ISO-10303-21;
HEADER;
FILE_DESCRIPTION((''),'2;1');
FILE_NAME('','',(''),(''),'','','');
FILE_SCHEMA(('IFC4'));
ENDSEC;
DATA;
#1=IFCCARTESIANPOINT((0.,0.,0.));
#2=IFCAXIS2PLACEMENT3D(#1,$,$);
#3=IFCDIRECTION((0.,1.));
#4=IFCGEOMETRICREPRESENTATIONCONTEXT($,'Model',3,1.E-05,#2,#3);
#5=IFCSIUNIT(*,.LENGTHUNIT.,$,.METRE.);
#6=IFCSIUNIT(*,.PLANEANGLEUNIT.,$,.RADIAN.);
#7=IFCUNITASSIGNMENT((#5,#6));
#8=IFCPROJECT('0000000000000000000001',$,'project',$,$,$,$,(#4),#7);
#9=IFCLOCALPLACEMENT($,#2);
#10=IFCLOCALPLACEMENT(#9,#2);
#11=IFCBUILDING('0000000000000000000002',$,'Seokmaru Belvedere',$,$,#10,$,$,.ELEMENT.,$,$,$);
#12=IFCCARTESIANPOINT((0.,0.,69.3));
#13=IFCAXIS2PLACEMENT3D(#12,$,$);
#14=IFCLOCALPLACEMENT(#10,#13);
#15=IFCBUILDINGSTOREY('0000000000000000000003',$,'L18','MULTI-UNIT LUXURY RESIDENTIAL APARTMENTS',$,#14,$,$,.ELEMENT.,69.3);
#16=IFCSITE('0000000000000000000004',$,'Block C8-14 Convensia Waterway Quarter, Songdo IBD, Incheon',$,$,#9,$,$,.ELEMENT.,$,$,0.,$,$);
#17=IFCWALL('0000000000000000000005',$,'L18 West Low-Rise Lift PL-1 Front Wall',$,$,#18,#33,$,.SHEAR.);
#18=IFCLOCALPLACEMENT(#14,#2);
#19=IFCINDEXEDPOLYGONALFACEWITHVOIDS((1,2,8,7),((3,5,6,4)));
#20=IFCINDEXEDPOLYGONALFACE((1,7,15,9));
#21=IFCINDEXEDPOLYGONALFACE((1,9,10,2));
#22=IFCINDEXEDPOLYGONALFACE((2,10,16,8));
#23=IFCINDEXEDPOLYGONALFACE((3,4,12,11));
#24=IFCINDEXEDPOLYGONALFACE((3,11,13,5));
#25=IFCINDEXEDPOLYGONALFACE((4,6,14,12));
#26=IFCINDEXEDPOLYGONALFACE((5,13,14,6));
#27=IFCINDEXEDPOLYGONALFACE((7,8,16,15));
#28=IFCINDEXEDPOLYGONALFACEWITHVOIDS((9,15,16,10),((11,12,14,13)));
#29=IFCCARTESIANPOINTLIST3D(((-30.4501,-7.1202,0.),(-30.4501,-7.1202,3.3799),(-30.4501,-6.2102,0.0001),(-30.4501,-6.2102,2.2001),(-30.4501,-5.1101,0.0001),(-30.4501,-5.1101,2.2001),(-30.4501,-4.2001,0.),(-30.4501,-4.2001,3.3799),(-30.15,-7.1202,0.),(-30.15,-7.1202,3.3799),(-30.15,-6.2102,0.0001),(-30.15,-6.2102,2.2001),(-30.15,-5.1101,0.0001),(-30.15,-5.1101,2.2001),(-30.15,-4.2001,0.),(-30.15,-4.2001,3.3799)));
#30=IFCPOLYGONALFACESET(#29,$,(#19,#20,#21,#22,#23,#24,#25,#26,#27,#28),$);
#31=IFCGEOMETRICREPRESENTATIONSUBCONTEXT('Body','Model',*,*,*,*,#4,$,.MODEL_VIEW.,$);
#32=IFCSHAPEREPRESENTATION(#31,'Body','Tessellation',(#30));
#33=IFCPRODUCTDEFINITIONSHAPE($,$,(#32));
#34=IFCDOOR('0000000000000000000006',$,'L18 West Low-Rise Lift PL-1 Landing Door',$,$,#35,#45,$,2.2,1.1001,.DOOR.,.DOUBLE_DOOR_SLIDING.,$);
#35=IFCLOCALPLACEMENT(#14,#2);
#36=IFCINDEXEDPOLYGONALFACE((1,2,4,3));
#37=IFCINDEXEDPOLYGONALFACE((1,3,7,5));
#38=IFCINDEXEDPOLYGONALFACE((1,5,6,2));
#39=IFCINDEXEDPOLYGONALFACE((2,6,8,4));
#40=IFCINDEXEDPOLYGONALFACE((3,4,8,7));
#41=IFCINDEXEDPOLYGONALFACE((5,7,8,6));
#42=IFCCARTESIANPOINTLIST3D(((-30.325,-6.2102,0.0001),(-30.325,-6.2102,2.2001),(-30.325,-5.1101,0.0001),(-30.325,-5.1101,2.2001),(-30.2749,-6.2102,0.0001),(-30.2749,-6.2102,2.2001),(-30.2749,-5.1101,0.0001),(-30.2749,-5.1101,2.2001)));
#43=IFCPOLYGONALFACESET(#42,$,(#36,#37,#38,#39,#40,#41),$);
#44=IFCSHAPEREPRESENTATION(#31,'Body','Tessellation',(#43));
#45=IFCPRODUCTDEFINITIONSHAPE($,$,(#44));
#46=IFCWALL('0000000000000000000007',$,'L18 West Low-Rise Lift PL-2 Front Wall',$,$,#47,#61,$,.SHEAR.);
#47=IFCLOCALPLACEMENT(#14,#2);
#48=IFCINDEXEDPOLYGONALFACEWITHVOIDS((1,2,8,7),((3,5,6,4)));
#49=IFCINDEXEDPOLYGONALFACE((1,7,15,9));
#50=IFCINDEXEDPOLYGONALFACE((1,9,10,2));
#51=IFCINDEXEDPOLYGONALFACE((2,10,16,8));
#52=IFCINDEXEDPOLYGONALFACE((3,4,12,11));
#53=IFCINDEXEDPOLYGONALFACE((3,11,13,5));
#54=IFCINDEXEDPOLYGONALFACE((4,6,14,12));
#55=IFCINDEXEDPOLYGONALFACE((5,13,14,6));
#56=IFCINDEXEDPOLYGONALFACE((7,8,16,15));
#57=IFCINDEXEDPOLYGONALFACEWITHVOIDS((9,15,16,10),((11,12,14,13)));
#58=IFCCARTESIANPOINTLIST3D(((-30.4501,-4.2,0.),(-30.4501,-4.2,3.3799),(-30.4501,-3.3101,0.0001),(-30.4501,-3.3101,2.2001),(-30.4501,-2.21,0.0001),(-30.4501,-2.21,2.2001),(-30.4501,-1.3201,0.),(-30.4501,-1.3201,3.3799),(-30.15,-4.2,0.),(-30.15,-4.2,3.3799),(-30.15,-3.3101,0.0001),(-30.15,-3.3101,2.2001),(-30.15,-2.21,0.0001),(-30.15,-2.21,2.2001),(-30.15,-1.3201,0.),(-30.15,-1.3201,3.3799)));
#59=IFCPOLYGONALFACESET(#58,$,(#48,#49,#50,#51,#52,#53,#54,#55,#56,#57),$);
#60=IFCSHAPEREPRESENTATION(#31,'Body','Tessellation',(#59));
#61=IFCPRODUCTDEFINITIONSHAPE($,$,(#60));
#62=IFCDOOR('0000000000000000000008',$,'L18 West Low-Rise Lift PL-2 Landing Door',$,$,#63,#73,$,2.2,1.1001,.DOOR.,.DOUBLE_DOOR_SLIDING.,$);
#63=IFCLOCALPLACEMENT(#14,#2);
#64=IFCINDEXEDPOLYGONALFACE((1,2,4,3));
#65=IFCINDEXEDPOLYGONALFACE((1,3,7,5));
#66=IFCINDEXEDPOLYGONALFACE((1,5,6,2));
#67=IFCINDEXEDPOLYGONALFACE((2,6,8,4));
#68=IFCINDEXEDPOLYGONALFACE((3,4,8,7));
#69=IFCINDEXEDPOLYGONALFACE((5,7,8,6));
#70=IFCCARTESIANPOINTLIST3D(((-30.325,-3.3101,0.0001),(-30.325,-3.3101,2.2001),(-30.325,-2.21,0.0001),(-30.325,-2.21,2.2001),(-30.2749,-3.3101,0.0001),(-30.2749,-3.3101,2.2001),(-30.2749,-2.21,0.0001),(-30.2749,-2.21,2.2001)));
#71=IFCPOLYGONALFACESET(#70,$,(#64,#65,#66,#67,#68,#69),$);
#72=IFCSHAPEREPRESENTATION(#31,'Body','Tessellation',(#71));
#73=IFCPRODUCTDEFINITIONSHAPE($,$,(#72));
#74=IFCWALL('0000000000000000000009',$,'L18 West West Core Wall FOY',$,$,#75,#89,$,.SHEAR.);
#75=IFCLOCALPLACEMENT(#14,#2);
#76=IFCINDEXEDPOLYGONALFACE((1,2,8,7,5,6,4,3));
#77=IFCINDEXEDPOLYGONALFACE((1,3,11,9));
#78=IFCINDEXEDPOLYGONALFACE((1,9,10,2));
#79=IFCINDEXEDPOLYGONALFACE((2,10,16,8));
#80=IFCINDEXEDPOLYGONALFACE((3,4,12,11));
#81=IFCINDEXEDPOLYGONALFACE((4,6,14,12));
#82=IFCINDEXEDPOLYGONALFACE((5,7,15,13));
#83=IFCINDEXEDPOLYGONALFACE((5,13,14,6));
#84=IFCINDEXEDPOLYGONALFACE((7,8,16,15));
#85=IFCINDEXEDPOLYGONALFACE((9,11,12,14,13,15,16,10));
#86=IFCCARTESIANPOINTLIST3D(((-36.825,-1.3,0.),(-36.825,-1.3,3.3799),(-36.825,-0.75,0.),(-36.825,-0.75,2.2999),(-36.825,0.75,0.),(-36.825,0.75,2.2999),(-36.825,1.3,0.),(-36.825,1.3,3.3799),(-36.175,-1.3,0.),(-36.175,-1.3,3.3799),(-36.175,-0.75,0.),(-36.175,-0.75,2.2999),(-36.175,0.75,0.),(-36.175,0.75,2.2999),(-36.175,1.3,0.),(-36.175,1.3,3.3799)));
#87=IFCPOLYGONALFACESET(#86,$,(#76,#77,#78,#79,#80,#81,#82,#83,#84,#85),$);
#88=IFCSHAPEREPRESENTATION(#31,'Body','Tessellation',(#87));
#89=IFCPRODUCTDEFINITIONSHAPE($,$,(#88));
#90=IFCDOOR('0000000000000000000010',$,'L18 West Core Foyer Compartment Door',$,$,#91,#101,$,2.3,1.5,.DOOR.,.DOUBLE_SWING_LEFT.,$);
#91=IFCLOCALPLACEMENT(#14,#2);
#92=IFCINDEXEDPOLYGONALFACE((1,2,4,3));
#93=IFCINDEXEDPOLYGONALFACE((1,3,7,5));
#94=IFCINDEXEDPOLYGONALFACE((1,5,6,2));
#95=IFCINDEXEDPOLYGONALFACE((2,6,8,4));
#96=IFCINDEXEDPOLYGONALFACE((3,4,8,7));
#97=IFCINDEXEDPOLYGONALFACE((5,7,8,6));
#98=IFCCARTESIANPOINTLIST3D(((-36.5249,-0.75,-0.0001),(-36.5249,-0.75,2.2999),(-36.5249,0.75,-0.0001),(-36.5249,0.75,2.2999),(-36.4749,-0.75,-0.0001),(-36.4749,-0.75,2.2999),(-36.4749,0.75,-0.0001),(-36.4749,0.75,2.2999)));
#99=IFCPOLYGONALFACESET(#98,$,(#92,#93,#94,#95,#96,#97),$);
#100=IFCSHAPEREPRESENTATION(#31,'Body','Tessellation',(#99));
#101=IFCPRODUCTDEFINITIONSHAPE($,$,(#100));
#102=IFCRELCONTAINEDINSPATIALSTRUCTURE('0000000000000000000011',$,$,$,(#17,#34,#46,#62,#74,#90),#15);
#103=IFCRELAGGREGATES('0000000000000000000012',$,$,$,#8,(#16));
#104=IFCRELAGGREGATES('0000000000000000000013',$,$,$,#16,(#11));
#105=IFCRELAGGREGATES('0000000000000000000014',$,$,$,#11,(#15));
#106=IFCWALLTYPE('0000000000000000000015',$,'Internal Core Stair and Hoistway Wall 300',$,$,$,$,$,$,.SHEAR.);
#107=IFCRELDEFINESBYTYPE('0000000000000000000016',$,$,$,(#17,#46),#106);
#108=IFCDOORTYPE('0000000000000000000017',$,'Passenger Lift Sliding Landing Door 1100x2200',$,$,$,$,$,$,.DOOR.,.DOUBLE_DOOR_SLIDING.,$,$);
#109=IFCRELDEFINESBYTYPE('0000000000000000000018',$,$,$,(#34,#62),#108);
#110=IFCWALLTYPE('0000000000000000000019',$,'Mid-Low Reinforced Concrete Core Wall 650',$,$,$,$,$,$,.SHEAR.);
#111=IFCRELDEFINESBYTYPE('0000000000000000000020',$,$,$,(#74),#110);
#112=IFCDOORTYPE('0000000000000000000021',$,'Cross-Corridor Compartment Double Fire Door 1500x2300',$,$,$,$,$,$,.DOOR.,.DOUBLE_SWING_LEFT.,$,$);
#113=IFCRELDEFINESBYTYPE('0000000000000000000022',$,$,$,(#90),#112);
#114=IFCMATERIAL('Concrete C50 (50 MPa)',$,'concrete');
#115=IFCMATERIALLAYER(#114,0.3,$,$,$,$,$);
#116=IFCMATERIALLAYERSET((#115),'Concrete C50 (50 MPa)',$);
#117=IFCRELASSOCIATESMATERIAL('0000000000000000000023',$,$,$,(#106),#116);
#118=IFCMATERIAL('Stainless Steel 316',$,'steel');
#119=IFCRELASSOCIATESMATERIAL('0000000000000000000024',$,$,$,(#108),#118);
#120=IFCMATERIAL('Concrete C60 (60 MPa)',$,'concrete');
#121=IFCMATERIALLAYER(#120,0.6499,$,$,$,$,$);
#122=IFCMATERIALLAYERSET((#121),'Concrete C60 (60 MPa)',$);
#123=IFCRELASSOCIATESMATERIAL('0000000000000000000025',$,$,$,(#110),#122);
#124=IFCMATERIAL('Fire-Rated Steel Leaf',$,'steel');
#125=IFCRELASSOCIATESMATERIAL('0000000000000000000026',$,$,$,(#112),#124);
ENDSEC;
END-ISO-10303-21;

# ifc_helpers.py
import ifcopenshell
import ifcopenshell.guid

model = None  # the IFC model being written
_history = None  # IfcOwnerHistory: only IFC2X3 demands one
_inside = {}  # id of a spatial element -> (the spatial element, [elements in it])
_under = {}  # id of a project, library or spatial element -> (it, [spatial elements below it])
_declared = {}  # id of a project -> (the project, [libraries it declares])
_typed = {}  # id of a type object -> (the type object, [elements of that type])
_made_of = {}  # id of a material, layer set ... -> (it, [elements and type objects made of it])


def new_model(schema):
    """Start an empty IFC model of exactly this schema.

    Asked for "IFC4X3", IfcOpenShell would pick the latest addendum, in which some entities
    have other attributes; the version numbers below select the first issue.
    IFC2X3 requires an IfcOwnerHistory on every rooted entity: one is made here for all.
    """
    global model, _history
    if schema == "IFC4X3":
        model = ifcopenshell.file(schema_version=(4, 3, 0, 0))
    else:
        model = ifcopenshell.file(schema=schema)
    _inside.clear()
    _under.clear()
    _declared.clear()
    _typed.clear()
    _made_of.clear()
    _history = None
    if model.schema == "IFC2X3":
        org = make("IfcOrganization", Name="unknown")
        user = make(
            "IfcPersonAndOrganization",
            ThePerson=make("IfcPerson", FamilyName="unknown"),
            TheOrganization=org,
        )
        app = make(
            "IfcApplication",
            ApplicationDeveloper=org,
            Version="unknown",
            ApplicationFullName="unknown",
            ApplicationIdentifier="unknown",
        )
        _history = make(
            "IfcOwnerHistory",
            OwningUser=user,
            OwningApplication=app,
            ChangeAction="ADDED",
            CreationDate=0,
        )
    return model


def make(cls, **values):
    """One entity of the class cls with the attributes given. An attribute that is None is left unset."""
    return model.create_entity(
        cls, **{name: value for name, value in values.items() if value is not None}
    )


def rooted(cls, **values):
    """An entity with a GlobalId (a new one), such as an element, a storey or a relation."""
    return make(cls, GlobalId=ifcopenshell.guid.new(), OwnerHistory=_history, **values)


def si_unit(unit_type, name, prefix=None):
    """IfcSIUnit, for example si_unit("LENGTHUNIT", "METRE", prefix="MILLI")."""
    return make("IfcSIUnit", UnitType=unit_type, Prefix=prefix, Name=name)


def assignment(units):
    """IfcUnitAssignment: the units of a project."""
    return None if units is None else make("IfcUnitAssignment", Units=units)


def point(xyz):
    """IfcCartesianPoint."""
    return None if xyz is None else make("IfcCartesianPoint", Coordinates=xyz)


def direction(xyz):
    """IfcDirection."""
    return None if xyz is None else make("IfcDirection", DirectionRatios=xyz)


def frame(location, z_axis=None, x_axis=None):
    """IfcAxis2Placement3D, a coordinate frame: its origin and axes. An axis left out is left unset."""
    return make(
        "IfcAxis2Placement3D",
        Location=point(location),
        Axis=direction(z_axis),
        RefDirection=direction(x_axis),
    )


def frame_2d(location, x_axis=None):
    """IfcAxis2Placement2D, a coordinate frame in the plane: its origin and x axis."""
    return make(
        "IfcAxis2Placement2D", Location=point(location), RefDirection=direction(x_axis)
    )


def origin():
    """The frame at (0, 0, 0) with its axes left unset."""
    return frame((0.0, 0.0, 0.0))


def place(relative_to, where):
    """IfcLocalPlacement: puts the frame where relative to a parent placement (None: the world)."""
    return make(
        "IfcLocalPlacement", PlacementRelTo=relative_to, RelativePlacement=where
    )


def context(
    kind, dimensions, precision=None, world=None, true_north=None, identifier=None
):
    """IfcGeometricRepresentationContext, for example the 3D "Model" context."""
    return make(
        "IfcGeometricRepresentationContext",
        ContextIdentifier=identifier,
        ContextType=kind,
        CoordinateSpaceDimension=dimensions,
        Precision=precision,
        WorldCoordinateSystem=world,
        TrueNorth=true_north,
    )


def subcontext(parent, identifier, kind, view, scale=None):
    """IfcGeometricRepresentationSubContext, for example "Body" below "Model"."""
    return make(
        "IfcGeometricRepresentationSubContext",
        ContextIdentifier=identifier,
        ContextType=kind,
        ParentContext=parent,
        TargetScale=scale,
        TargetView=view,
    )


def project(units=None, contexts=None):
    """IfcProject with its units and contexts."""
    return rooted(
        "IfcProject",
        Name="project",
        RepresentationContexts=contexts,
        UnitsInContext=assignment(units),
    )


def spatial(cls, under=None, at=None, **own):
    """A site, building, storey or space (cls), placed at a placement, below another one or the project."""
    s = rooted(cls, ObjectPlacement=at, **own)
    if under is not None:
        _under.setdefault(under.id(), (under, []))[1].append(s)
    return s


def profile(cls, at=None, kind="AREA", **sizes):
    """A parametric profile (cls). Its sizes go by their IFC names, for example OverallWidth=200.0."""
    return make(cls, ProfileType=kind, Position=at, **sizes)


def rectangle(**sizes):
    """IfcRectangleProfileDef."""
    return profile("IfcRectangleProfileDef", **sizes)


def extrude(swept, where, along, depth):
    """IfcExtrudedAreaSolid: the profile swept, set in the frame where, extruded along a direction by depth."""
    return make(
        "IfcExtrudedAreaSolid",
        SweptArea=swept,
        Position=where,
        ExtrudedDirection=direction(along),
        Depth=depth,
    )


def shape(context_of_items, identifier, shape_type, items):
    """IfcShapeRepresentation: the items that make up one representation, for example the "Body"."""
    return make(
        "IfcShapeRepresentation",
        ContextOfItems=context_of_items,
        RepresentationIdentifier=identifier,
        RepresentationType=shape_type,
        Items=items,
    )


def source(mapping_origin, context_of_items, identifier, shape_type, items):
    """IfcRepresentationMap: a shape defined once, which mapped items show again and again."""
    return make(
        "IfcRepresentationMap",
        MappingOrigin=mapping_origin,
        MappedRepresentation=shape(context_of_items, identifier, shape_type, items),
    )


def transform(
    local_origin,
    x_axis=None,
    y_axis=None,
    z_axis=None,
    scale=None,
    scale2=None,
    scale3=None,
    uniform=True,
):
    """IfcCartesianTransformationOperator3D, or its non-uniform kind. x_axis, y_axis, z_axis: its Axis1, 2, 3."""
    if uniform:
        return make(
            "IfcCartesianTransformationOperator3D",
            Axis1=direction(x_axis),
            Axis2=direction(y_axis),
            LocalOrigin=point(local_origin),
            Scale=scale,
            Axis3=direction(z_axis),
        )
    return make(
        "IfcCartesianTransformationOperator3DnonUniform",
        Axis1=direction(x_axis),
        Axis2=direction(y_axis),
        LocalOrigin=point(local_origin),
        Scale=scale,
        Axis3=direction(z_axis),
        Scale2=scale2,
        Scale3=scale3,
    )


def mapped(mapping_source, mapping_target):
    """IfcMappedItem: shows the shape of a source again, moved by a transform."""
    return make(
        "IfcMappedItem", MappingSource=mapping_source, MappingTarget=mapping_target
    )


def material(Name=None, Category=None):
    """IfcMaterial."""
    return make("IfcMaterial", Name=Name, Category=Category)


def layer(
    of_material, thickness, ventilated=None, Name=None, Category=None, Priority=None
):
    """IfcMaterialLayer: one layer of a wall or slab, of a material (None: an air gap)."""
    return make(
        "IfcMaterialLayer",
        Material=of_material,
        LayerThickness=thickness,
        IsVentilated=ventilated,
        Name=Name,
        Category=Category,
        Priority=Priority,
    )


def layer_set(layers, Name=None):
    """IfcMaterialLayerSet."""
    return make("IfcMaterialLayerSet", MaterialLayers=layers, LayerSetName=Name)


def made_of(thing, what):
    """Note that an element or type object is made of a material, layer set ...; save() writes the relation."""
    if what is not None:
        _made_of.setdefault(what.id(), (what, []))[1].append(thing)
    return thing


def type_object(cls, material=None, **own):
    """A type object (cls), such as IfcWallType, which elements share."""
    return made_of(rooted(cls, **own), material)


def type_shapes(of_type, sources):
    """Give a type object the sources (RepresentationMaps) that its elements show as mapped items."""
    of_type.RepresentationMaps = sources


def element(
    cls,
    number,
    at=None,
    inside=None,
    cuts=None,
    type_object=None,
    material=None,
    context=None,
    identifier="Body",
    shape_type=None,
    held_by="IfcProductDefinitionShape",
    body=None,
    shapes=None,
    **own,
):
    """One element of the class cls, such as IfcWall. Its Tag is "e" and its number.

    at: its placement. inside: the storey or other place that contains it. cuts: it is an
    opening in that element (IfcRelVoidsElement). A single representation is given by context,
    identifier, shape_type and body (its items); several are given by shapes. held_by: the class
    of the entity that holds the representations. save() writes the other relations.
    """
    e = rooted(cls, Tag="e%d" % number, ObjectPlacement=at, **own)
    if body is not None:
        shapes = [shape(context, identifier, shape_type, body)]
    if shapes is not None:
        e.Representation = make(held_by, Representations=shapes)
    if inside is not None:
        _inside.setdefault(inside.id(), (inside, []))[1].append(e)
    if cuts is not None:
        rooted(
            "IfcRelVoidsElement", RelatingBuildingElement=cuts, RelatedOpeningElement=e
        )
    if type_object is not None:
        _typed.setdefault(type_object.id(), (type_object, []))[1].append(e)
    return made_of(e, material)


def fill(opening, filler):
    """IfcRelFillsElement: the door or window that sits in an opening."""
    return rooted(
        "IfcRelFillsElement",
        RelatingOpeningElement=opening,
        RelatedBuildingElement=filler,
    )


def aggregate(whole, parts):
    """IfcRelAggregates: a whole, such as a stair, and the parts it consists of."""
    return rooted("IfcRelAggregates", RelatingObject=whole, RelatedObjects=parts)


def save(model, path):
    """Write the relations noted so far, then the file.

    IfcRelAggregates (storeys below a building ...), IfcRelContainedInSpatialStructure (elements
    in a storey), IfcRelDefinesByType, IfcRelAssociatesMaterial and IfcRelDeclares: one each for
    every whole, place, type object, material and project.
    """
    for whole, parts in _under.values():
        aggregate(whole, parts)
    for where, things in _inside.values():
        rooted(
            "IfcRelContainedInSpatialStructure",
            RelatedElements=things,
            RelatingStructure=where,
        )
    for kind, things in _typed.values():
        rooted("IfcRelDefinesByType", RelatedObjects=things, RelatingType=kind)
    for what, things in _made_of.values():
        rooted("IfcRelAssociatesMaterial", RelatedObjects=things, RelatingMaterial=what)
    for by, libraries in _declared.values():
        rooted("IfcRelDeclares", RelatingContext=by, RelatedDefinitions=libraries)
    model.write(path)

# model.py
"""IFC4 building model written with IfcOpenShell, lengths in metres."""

from ifc_helpers import new_model, si_unit, direction, frame, frame_2d, origin, place, context, subcontext, project, spatial, rectangle, extrude, source, transform, mapped, material, layer, layer_set, type_object, type_shapes, element, fill, save


model = new_model("IFC4")

# Units and contexts
model_context = context("Model", 3, precision=1e-05, world=origin(), true_north=direction((0.0, 1.0)))
body_context = subcontext(model_context, "Body", "Model", "MODEL_VIEW")
ifc_project = project(units=[si_unit("LENGTHUNIT", "METRE"), si_unit("PLANEANGLEUNIT", "RADIAN")], contexts=[model_context])

# Site, building, storey
site_placement = place(None, origin())
site = spatial("IfcSite", under=ifc_project, at=site_placement, Name="Block C8-14 Convensia Waterway Quarter, Songdo IBD, Incheon", CompositionType="ELEMENT", RefElevation=0.0)
building_placement = place(site_placement, origin())
building = spatial("IfcBuilding", under=site, at=building_placement, Name="Seokmaru Belvedere", CompositionType="ELEMENT")
storey_placement = place(building_placement, frame((0.0, 0.0, 69.3)))
storey = spatial("IfcBuildingStorey", under=building, at=storey_placement, Name="L18", Description="MULTI-UNIT LUXURY RESIDENTIAL APARTMENTS", CompositionType="ELEMENT", Elevation=69.3)

# Shared definitions
ifc_material_1 = material(Name="Concrete C50 (50 MPa)", Category="concrete")

# Walls, openings, doors
ifc_layer_1 = layer(ifc_material_1, 0.3)
ifc_layer_set_1 = layer_set([ifc_layer_1], Name="Concrete C50 (50 MPa)")
wall_type_1 = type_object("IfcWallType", Name="Internal Core Stair and Hoistway Wall 300", PredefinedType="SHEAR", material=ifc_layer_set_1)
wall_1_placement = place(storey_placement, frame((-30.3, -7.1201, 0.0), z_axis=(0.0, 0.0, 1.0), x_axis=(0.0, 1.0, 0.0)))
wall_1 = element("IfcWall", 1, at=wall_1_placement, inside=storey, type_object=wall_type_1, Name="L18 West Low-Rise Lift PL-1 Front Wall", PredefinedType="SHEAR", context=body_context, shape_type="SweptSolid", body=[
    extrude(rectangle(XDim=2.9202, YDim=0.3, at=frame_2d((1.46, 0.0))), origin(), (0.0, 0.0, 1.0), 3.3799),
])
opening_1_placement = place(wall_1_placement, frame((0.9099, 0.0, 0.0)))
opening_1 = element("IfcOpeningElement", 2, at=opening_1_placement, cuts=wall_1, PredefinedType="OPENING", context=body_context, shape_type="SweptSolid", body=[
    extrude(rectangle(XDim=1.1001, YDim=2.2, at=frame_2d((0.55, 1.1001))), frame((0.0, 0.1602, 0.0), z_axis=(0.0, -1.0, 0.0), x_axis=(1.0, 0.0, 0.0)), (0.0, 0.0, 1.0), 0.3201),
])
ifc_material_2 = material(Name="Stainless Steel 316", Category="steel")
door_type_1 = type_object("IfcDoorType", Name="Passenger Lift Sliding Landing Door 1100x2200", OperationType="DOUBLE_DOOR_SLIDING", PredefinedType="DOOR", material=ifc_material_2)
shared_shape_1 = source(origin(), body_context, "Body", "SweptSolid", [
    extrude(rectangle(XDim=1.1001, YDim=2.2, at=frame_2d((0.55, 1.1001))), frame((0.0, 0.0249, 0.0), z_axis=(0.0, -1.0, 0.0), x_axis=(1.0, 0.0, 0.0)), (0.0, 0.0, 1.0), 0.05),
])
type_shapes(door_type_1, [shared_shape_1])
door_1_placement = place(opening_1_placement, origin())
door_1 = element("IfcDoor", 3, at=door_1_placement, inside=storey, type_object=door_type_1, Name="L18 West Low-Rise Lift PL-1 Landing Door", OperationType="DOUBLE_DOOR_SLIDING", OverallHeight=2.2, OverallWidth=1.1001, PredefinedType="DOOR", context=body_context, shape_type="MappedRepresentation", body=[
    mapped(shared_shape_1, transform((0.0, 0.0, 0.0), scale=1.0)),
])
fill(opening_1, door_1)
wall_2_placement = place(storey_placement, frame((-30.3, -4.2, 0.0), z_axis=(0.0, 0.0, 1.0), x_axis=(0.0, 1.0, 0.0)))
wall_2 = element("IfcWall", 4, at=wall_2_placement, inside=storey, type_object=wall_type_1, Name="L18 West Low-Rise Lift PL-2 Front Wall", PredefinedType="SHEAR", context=body_context, shape_type="SweptSolid", body=[
    extrude(rectangle(XDim=2.8799, YDim=0.3, at=frame_2d((1.4399, 0.0))), origin(), (0.0, 0.0, 1.0), 3.3799),
])
opening_2_placement = place(wall_2_placement, frame((0.8899, 0.0, 0.0)))
opening_2 = element("IfcOpeningElement", 5, at=opening_2_placement, cuts=wall_2, PredefinedType="OPENING", context=body_context, shape_type="SweptSolid", body=[
    extrude(rectangle(XDim=1.1001, YDim=2.2, at=frame_2d((0.55, 1.1001))), frame((0.0, 0.1602, 0.0), z_axis=(0.0, -1.0, 0.0), x_axis=(1.0, 0.0, 0.0)), (0.0, 0.0, 1.0), 0.3201),
])
door_2_placement = place(opening_2_placement, origin())
door_2 = element("IfcDoor", 6, at=door_2_placement, inside=storey, type_object=door_type_1, Name="L18 West Low-Rise Lift PL-2 Landing Door", OperationType="DOUBLE_DOOR_SLIDING", OverallHeight=2.2, OverallWidth=1.1001, PredefinedType="DOOR", context=body_context, shape_type="MappedRepresentation", body=[
    mapped(shared_shape_1, transform((0.0, 0.0, 0.0), scale=1.0)),
])
fill(opening_2, door_2)
ifc_material_3 = material(Name="Concrete C60 (60 MPa)", Category="concrete")
ifc_layer_2 = layer(ifc_material_3, 0.6499)
ifc_layer_set_2 = layer_set([ifc_layer_2], Name="Concrete C60 (60 MPa)")
wall_type_2 = type_object("IfcWallType", Name="Mid-Low Reinforced Concrete Core Wall 650", PredefinedType="SHEAR", material=ifc_layer_set_2)
wall_3_placement = place(storey_placement, frame((-36.5, -1.3, 0.0), z_axis=(0.0, 0.0, 1.0), x_axis=(0.0, 1.0, 0.0)))
wall_3 = element("IfcWall", 7, at=wall_3_placement, inside=storey, type_object=wall_type_2, Name="L18 West West Core Wall FOY", PredefinedType="SHEAR", context=body_context, shape_type="SweptSolid", body=[
    extrude(rectangle(XDim=2.6001, YDim=0.6499, at=frame_2d((1.3, 0.0))), origin(), (0.0, 0.0, 1.0), 3.3799),
])
opening_3_placement = place(wall_3_placement, frame((0.55, 0.0, 0.0)))
opening_3 = element("IfcOpeningElement", 8, at=opening_3_placement, cuts=wall_3, PredefinedType="OPENING", context=body_context, shape_type="SweptSolid", body=[
    extrude(rectangle(XDim=1.5, YDim=2.3, at=frame_2d((0.75, 1.1499))), frame((0.0, 0.335, 0.0), z_axis=(0.0, -1.0, 0.0), x_axis=(1.0, 0.0, 0.0)), (0.0, 0.0, 1.0), 0.6699),
])
ifc_material_4 = material(Name="Fire-Rated Steel Leaf", Category="steel")
door_type_2 = type_object("IfcDoorType", Name="Cross-Corridor Compartment Double Fire Door 1500x2300", OperationType="DOUBLE_SWING_LEFT", PredefinedType="DOOR", material=ifc_material_4)
shared_shape_2 = source(origin(), body_context, "Body", "SweptSolid", [
    extrude(rectangle(XDim=1.5, YDim=2.3, at=frame_2d((0.75, 1.1499))), frame((0.0, 0.0249, 0.0), z_axis=(0.0, -1.0, 0.0), x_axis=(1.0, 0.0, 0.0)), (0.0, 0.0, 1.0), 0.05),
])
type_shapes(door_type_2, [shared_shape_2])
door_3_placement = place(opening_3_placement, origin())
door_3 = element("IfcDoor", 9, at=door_3_placement, inside=storey, type_object=door_type_2, Name="L18 West Core Foyer Compartment Door", OperationType="DOUBLE_SWING_LEFT", OverallHeight=2.3, OverallWidth=1.5, PredefinedType="DOOR", context=body_context, shape_type="MappedRepresentation", body=[
    mapped(shared_shape_2, transform((0.0, 0.0, 0.0), scale=1.0)),
])
fill(opening_3, door_3)

save(model, "model.ifc")
